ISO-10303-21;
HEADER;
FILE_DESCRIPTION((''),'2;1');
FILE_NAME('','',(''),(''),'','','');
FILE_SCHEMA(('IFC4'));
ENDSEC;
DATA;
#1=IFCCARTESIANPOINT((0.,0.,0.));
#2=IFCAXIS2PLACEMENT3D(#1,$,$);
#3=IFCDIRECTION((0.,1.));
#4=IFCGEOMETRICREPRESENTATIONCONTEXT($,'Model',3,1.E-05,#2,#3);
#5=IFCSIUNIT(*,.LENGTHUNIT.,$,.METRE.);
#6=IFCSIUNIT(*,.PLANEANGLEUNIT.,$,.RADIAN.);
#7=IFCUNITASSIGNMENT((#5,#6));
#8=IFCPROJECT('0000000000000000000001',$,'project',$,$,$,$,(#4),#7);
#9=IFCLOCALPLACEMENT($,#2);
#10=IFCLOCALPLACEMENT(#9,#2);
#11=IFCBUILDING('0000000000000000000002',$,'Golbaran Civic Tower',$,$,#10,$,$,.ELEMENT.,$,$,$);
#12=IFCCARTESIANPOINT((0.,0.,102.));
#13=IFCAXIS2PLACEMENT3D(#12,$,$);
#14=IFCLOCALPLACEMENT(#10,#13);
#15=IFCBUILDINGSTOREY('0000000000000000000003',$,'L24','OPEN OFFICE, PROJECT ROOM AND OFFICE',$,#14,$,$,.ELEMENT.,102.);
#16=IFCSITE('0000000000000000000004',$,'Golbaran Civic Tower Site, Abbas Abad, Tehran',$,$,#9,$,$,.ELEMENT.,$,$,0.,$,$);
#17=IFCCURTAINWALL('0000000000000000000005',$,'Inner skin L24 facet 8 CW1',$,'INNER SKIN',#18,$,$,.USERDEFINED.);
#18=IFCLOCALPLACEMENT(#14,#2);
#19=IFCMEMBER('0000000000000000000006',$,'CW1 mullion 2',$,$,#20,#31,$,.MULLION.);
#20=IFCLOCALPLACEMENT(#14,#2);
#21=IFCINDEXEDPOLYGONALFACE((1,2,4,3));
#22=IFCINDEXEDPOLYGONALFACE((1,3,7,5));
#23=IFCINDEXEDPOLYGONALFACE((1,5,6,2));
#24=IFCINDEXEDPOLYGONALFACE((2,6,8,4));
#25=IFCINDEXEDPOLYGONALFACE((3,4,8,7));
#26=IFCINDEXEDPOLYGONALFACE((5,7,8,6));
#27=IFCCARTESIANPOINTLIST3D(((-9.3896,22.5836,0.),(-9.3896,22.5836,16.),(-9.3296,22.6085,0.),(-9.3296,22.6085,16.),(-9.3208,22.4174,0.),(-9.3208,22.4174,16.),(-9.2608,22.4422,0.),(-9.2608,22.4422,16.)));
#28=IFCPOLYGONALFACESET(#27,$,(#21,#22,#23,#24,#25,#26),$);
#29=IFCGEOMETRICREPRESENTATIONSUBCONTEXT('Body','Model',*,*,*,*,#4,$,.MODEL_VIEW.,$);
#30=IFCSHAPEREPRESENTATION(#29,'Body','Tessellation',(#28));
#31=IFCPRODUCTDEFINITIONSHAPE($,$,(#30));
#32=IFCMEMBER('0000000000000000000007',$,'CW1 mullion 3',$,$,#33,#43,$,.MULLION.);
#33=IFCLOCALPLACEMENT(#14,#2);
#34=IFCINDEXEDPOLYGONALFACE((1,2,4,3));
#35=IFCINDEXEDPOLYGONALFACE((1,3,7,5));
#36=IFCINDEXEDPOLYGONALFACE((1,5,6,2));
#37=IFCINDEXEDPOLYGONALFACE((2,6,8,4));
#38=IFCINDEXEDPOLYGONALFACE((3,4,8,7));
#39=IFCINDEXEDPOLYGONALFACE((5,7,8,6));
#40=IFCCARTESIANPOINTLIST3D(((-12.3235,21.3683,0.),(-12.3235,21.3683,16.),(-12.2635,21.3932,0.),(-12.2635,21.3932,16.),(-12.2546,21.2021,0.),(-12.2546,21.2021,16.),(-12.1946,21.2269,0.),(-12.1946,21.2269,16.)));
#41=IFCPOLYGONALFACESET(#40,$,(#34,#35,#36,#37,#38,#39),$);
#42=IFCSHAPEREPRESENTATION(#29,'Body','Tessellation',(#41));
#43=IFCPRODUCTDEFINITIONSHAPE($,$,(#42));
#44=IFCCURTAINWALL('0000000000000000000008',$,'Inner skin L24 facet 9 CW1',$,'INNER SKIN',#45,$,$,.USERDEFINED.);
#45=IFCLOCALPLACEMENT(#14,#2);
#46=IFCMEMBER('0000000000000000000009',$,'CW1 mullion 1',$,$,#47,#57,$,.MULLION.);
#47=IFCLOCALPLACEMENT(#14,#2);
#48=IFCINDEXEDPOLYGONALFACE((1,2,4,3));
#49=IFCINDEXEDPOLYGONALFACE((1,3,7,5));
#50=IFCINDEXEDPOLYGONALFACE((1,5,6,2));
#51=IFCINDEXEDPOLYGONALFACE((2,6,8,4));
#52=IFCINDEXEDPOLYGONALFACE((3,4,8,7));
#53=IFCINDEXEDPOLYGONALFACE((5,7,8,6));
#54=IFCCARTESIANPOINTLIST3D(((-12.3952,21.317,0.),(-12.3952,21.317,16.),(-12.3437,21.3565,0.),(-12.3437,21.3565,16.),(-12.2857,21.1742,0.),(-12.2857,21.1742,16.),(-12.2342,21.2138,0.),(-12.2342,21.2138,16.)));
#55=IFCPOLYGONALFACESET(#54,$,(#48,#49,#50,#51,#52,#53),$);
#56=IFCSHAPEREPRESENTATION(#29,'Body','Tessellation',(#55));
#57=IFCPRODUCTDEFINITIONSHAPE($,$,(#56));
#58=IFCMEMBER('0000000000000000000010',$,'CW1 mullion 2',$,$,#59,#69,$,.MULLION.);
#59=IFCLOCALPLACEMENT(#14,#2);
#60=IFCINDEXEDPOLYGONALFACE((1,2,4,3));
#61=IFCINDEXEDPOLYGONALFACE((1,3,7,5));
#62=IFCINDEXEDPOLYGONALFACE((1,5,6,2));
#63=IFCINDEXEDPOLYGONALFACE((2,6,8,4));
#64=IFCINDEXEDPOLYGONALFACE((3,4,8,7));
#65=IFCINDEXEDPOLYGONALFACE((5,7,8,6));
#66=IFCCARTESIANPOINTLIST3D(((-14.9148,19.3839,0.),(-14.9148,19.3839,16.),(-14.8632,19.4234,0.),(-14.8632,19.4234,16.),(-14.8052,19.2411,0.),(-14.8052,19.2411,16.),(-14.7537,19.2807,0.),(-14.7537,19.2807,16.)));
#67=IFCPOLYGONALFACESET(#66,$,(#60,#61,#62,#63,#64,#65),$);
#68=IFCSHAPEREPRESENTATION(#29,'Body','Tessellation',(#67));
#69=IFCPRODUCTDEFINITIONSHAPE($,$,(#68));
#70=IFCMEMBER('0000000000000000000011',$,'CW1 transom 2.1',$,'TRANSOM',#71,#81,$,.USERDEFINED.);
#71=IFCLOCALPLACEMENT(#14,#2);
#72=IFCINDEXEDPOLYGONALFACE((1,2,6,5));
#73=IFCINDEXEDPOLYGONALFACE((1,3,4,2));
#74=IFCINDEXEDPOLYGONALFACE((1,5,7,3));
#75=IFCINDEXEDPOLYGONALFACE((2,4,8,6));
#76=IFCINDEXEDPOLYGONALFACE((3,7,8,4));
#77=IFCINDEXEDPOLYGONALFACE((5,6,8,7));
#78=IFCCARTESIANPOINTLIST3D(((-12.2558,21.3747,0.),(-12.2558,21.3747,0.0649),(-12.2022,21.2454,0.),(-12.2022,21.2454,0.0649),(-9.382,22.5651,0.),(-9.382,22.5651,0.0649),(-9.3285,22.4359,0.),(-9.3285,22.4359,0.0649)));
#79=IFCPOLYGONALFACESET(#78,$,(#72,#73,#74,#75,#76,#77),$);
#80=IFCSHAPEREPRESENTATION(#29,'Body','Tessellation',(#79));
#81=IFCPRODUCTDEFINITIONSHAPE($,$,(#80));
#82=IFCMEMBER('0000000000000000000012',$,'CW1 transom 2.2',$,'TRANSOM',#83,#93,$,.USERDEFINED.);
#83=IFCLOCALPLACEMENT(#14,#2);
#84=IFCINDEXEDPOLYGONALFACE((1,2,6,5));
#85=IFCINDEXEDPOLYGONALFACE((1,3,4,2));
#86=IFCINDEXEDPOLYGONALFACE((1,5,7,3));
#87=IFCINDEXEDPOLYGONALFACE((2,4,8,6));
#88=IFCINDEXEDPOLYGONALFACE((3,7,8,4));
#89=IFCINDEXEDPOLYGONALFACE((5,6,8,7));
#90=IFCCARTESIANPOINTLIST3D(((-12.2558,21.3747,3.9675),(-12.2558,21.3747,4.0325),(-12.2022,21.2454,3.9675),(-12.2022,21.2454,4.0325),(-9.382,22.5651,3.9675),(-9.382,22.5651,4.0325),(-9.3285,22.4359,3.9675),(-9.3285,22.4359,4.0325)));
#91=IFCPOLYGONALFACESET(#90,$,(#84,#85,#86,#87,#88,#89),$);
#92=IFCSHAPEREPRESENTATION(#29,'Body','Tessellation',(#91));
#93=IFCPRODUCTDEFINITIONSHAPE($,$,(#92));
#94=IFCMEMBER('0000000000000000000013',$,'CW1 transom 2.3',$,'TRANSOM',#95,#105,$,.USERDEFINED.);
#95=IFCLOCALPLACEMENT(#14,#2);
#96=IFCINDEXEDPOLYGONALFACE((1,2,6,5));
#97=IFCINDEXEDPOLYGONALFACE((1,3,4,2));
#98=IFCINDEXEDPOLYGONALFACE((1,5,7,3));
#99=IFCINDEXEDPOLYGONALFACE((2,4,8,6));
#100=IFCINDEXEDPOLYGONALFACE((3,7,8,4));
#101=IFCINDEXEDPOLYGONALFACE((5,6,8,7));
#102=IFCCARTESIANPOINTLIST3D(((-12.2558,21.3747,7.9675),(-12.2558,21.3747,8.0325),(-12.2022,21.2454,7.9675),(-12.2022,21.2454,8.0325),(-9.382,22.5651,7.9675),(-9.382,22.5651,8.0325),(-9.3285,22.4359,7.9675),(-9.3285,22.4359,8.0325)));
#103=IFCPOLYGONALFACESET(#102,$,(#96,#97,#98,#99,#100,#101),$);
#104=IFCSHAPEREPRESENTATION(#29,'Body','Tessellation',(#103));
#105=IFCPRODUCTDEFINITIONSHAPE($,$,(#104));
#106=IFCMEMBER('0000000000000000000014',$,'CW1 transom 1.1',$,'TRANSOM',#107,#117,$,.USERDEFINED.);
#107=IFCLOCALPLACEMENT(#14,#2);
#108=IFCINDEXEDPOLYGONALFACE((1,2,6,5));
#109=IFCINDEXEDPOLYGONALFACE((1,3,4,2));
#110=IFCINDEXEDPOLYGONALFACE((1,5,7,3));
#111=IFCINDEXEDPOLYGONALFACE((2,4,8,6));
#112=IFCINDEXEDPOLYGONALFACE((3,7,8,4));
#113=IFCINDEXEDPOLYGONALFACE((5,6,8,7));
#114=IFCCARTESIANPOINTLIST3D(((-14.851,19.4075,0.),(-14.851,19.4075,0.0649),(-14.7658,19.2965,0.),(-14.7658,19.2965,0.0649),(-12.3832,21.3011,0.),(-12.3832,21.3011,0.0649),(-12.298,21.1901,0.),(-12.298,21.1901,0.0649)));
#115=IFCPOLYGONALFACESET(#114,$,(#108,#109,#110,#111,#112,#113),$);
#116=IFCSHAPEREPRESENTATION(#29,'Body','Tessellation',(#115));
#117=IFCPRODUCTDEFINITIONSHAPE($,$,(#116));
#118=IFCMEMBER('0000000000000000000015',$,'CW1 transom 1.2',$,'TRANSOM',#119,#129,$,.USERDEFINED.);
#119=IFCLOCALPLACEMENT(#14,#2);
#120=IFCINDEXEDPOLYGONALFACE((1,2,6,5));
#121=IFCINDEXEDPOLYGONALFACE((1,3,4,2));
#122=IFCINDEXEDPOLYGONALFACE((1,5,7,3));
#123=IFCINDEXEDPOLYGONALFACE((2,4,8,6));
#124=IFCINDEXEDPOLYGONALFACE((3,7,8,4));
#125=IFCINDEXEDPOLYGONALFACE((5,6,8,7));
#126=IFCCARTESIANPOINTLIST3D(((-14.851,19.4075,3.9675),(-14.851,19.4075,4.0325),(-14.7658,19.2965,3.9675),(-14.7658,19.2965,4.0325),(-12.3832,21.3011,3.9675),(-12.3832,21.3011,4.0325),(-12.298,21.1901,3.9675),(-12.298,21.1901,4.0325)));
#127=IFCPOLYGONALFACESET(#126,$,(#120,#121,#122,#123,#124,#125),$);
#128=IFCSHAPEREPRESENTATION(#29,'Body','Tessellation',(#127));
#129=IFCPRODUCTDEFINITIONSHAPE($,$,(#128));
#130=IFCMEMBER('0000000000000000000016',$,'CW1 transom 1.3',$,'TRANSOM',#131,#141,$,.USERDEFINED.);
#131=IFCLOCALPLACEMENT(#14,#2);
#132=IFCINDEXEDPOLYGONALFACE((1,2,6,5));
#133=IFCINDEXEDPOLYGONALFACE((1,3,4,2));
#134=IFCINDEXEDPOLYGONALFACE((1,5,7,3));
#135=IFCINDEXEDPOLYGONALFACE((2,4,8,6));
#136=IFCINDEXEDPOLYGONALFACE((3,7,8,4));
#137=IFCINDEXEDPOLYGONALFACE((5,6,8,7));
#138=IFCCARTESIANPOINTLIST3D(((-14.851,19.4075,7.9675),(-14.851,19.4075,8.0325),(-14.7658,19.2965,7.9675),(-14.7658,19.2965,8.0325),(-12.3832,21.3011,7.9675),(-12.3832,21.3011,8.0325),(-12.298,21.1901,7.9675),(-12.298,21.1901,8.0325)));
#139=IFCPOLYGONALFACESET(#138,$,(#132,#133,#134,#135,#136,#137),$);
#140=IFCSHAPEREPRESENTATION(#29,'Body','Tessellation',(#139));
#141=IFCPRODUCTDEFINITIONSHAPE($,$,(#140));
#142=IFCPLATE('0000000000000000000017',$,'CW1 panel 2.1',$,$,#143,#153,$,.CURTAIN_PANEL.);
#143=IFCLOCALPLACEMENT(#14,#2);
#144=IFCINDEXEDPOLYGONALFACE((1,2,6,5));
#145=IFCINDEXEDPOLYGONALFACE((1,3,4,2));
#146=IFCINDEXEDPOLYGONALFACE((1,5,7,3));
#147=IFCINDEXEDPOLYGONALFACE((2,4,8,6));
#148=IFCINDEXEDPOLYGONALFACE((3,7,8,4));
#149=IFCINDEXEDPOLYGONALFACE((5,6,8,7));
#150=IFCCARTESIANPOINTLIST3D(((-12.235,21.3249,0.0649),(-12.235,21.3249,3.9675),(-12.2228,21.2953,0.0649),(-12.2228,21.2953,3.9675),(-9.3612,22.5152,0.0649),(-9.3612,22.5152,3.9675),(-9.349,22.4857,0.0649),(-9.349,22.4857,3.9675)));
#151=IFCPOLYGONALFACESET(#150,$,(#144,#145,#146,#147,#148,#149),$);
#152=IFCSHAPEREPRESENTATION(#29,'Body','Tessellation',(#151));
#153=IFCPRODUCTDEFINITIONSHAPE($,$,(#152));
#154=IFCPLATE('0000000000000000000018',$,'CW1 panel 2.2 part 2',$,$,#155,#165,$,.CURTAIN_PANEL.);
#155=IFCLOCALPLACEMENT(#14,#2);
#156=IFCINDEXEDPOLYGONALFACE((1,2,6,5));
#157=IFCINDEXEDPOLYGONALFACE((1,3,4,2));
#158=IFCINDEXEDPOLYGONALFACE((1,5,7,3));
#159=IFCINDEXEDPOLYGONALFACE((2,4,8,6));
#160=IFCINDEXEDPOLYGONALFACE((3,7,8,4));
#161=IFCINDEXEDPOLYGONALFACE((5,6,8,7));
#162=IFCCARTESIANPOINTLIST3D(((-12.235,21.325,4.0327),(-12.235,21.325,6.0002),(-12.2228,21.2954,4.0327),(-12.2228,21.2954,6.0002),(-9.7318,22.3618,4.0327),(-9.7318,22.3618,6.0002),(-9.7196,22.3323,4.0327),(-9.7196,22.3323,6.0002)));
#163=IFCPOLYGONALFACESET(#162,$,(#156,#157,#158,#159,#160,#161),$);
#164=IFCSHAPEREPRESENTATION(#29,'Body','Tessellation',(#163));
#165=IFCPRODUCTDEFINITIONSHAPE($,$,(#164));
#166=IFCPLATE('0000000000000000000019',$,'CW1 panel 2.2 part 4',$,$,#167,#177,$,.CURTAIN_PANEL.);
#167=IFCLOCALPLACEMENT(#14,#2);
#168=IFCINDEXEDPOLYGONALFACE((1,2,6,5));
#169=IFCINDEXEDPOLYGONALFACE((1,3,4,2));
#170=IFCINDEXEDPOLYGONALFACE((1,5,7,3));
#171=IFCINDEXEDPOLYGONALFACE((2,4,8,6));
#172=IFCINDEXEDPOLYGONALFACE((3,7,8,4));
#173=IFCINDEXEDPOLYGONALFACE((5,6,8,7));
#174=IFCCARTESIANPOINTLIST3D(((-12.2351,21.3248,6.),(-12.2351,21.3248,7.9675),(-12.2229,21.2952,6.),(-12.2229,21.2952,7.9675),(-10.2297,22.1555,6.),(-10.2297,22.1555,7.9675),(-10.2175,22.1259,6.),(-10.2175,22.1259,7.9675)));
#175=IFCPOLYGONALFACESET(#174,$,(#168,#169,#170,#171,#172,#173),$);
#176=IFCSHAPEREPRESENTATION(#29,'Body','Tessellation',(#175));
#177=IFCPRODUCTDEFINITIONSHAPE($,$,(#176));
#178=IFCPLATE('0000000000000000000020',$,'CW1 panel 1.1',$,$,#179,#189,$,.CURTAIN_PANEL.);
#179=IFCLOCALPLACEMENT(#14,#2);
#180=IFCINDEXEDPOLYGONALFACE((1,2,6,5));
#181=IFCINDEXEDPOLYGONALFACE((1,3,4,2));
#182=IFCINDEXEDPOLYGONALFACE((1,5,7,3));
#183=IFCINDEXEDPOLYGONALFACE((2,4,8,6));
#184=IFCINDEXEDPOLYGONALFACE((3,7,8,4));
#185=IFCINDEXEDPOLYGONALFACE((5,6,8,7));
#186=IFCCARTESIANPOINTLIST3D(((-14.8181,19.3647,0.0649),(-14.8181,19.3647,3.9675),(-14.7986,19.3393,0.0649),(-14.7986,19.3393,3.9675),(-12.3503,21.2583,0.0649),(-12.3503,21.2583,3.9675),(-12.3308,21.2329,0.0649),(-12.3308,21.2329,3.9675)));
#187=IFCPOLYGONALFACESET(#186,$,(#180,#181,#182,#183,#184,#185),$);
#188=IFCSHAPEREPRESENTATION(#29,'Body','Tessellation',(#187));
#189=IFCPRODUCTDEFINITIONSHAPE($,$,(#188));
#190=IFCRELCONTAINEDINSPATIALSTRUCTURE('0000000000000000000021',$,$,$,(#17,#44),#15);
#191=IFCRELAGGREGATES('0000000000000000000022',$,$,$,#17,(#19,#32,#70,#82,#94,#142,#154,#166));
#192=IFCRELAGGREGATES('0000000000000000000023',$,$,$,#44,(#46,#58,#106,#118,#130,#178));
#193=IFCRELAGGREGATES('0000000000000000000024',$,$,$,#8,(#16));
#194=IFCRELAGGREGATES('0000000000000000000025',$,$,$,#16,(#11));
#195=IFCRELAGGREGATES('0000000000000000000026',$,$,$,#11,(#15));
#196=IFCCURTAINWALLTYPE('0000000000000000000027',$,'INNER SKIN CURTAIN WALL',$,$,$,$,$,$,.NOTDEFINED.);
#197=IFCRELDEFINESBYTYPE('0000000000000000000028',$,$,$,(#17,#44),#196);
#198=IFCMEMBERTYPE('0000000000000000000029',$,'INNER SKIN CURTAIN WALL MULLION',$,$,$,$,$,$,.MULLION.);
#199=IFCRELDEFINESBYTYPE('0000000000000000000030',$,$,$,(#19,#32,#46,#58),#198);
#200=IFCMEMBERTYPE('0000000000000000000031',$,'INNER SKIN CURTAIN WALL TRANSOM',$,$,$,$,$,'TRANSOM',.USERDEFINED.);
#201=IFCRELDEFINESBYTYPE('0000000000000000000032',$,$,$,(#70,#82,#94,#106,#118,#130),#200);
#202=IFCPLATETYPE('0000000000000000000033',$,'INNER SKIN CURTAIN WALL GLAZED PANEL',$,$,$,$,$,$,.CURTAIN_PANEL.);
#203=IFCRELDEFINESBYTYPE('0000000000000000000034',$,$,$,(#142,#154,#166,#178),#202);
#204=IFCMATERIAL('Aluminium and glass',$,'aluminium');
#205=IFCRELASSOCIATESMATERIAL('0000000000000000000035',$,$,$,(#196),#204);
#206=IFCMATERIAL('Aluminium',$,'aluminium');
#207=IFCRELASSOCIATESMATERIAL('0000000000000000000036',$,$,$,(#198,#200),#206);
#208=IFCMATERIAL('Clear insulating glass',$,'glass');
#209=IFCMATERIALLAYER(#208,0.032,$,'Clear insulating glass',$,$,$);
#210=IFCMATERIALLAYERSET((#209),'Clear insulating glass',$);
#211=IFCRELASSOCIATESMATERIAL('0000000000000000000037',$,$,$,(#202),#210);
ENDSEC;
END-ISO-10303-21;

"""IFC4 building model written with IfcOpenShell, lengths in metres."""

from ifc_helpers import new_model, si_unit, direction, frame, origin, origin_2d, place, context, subcontext, project, spatial, rectangle, extrude, material, layer, layer_set, material_profile, profile_set, type_object, element, aggregate, save


model = new_model("IFC4")

# Units and contexts
model_context = context("Model", 3, precision=1e-05, world=origin(), true_north=direction((0.0, 1.0)))
body_context = subcontext(model_context, "Body", "Model", "MODEL_VIEW")
ifc_project = project(units=[si_unit("LENGTHUNIT", "METRE"), si_unit("PLANEANGLEUNIT", "RADIAN")], contexts=[model_context])

# Site, building, storey
site_placement = place(None, origin())
site = spatial("IfcSite", under=ifc_project, at=site_placement, Name="Golbaran Civic Tower Site, Abbas Abad, Tehran", CompositionType="ELEMENT", RefElevation=0.0)
building_placement = place(site_placement, origin())
building = spatial("IfcBuilding", under=site, at=building_placement, Name="Golbaran Civic Tower", CompositionType="ELEMENT")
storey_placement = place(building_placement, frame((0.0, 0.0, 102.0)))
storey = spatial("IfcBuildingStorey", under=building, at=storey_placement, Name="L24", Description="OPEN OFFICE, PROJECT ROOM AND OFFICE", CompositionType="ELEMENT", Elevation=102.0)

# Curtain walls, members
ifc_material_1 = material(Name="Aluminium and glass", Category="aluminium")
curtain_wall_type_1 = type_object("IfcCurtainWallType", Name="INNER SKIN CURTAIN WALL", PredefinedType="NOTDEFINED", material=ifc_material_1)
curtain_wall_1_placement = place(storey_placement, origin())
curtain_wall_1 = element("IfcCurtainWall", 1, at=curtain_wall_1_placement, inside=storey, type_object=curtain_wall_type_1, Name="Inner skin L24 facet 8 CW1", ObjectType="INNER SKIN", PredefinedType="USERDEFINED")
ifc_material_2 = material(Name="Aluminium", Category="aluminium")
ifc_material_profile_1 = material_profile(ifc_material_2, rectangle(XDim=0.1799, YDim=0.0649, at=origin_2d()), Name="INNER SKIN CURTAIN WALL MULLION")
ifc_profile_set_1 = profile_set([ifc_material_profile_1], Name="Aluminium")
member_type_1 = type_object("IfcMemberType", Name="INNER SKIN CURTAIN WALL MULLION", PredefinedType="MULLION", material=ifc_profile_set_1)
member_1_placement = place(storey_placement, frame((-9.3252, 22.5129, 0.0), z_axis=(0.0, 0.0, 1.0), x_axis=(0.382683, -0.92388, 0.0)))
member_1 = element("IfcMember", 2, at=member_1_placement, type_object=member_type_1, Name="CW1 mullion 2", PredefinedType="MULLION", context=body_context, shape_type="SweptSolid", body=[
    extrude(rectangle(XDim=0.1799, YDim=0.0649, at=origin_2d()), origin(), (0.0, 0.0, 1.0), 16.0),
])
member_2_placement = place(storey_placement, frame((-12.259, 21.2976, 0.0), z_axis=(0.0, 0.0, 1.0), x_axis=(0.382683, -0.92388, 0.0)))
member_2 = element("IfcMember", 3, at=member_2_placement, type_object=member_type_1, Name="CW1 mullion 3", PredefinedType="MULLION", context=body_context, shape_type="SweptSolid", body=[
    extrude(rectangle(XDim=0.1799, YDim=0.0649, at=origin_2d()), origin(), (0.0, 0.0, 1.0), 16.0),
])
curtain_wall_2_placement = place(storey_placement, origin())
curtain_wall_2 = element("IfcCurtainWall", 4, at=curtain_wall_2_placement, inside=storey, type_object=curtain_wall_type_1, Name="Inner skin L24 facet 9 CW1", ObjectType="INNER SKIN", PredefinedType="USERDEFINED")
member_3_placement = place(storey_placement, frame((-12.3147, 21.2654, 0.0), z_axis=(0.0, 0.0, 1.0), x_axis=(0.608761, -0.793353, 0.0)))
member_3 = element("IfcMember", 5, at=member_3_placement, type_object=member_type_1, Name="CW1 mullion 1", PredefinedType="MULLION", context=body_context, shape_type="SweptSolid", body=[
    extrude(rectangle(XDim=0.1799, YDim=0.0649, at=origin_2d()), origin(), (0.0, 0.0, 1.0), 16.0),
])
member_4_placement = place(storey_placement, frame((-14.8342, 19.3323, 0.0), z_axis=(0.0, 0.0, 1.0), x_axis=(0.608761, -0.793353, 0.0)))
member_4 = element("IfcMember", 6, at=member_4_placement, type_object=member_type_1, Name="CW1 mullion 2", PredefinedType="MULLION", context=body_context, shape_type="SweptSolid", body=[
    extrude(rectangle(XDim=0.1799, YDim=0.0649, at=origin_2d()), origin(), (0.0, 0.0, 1.0), 16.0),
])

# Members
ifc_material_profile_2 = material_profile(ifc_material_2, rectangle(XDim=0.1399, YDim=0.0649, at=origin_2d()), Name="INNER SKIN CURTAIN WALL TRANSOM")
ifc_profile_set_2 = profile_set([ifc_material_profile_2], Name="Aluminium")
member_type_2 = type_object("IfcMemberType", Name="INNER SKIN CURTAIN WALL TRANSOM", ElementType="TRANSOM", PredefinedType="USERDEFINED", material=ifc_profile_set_2)
member_5_placement = place(storey_placement, frame((-9.3552, 22.5005, 0.0325), z_axis=(-0.923871, -0.382703, 0.0), x_axis=(0.382703, -0.923871, 0.0)))
member_5 = element("IfcMember", 7, at=member_5_placement, type_object=member_type_2, Name="CW1 transom 2.1", ObjectType="TRANSOM", PredefinedType="USERDEFINED", context=body_context, shape_type="SweptSolid", body=[
    extrude(rectangle(XDim=0.1399, YDim=0.0649, at=origin_2d()), origin(), (0.0, 0.0, 1.0), 3.1106),
])
member_6_placement = place(storey_placement, frame((-9.3552, 22.5005, 4.0), z_axis=(-0.923871, -0.382703, 0.0), x_axis=(0.382703, -0.923871, 0.0)))
member_6 = element("IfcMember", 8, at=member_6_placement, type_object=member_type_2, Name="CW1 transom 2.2", ObjectType="TRANSOM", PredefinedType="USERDEFINED", context=body_context, shape_type="SweptSolid", body=[
    extrude(rectangle(XDim=0.1399, YDim=0.0649, at=origin_2d()), origin(), (0.0, 0.0, 1.0), 3.1106),
])
member_7_placement = place(storey_placement, frame((-9.3552, 22.5005, 8.0), z_axis=(-0.923871, -0.382703, 0.0), x_axis=(0.382703, -0.923871, 0.0)))
member_7 = element("IfcMember", 9, at=member_7_placement, type_object=member_type_2, Name="CW1 transom 2.3", ObjectType="TRANSOM", PredefinedType="USERDEFINED", context=body_context, shape_type="SweptSolid", body=[
    extrude(rectangle(XDim=0.1399, YDim=0.0649, at=origin_2d()), origin(), (0.0, 0.0, 1.0), 3.1106),
])
member_8_placement = place(storey_placement, frame((-12.3406, 21.2456, 0.0325), z_axis=(-0.793359, -0.608754, 0.0), x_axis=(0.608754, -0.793359, 0.0)))
member_8 = element("IfcMember", 10, at=member_8_placement, type_object=member_type_2, Name="CW1 transom 1.1", ObjectType="TRANSOM", PredefinedType="USERDEFINED", context=body_context, shape_type="SweptSolid", body=[
    extrude(rectangle(XDim=0.1399, YDim=0.0649, at=origin_2d()), origin(), (0.0, 0.0, 1.0), 3.1106),
])
member_9_placement = place(storey_placement, frame((-12.3406, 21.2456, 4.0), z_axis=(-0.793359, -0.608754, 0.0), x_axis=(0.608754, -0.793359, 0.0)))
member_9 = element("IfcMember", 11, at=member_9_placement, type_object=member_type_2, Name="CW1 transom 1.2", ObjectType="TRANSOM", PredefinedType="USERDEFINED", context=body_context, shape_type="SweptSolid", body=[
    extrude(rectangle(XDim=0.1399, YDim=0.0649, at=origin_2d()), origin(), (0.0, 0.0, 1.0), 3.1106),
])
member_10_placement = place(storey_placement, frame((-12.3406, 21.2456, 8.0), z_axis=(-0.793359, -0.608754, 0.0), x_axis=(0.608754, -0.793359, 0.0)))
member_10 = element("IfcMember", 12, at=member_10_placement, type_object=member_type_2, Name="CW1 transom 1.3", ObjectType="TRANSOM", PredefinedType="USERDEFINED", context=body_context, shape_type="SweptSolid", body=[
    extrude(rectangle(XDim=0.1399, YDim=0.0649, at=origin_2d()), origin(), (0.0, 0.0, 1.0), 3.1106),
])

# Plates
ifc_material_3 = material(Name="Clear insulating glass", Category="glass")
ifc_layer_1 = layer(ifc_material_3, 0.032, Name="Clear insulating glass")
ifc_layer_set_1 = layer_set([ifc_layer_1], Name="Clear insulating glass")
plate_type_1 = type_object("IfcPlateType", Name="INNER SKIN CURTAIN WALL GLAZED PANEL", PredefinedType="CURTAIN_PANEL", material=ifc_layer_set_1)
plate_1_placement = place(storey_placement, frame((-10.792, 21.9053, 0.0649), z_axis=(0.0, 0.0, 1.0), x_axis=(-0.92388, -0.382683, 0.0)))
plate_1 = element("IfcPlate", 13, at=plate_1_placement, type_object=plate_type_1, Name="CW1 panel 2.1", PredefinedType="CURTAIN_PANEL", context=body_context, shape_type="SweptSolid", body=[
    extrude(rectangle(XDim=3.1106, YDim=0.032, at=origin_2d()), origin(), (0.0, 0.0, 1.0), 3.9026),
])
plate_2_placement = place(storey_placement, frame((-10.9773, 21.8286, 4.0327), z_axis=(0.0, 0.0, 1.0), x_axis=(-0.92388, -0.382683, 0.0)))
plate_2 = element("IfcPlate", 14, at=plate_2_placement, type_object=plate_type_1, Name="CW1 panel 2.2 part 2", PredefinedType="CURTAIN_PANEL", context=body_context, shape_type="SweptSolid", body=[
    extrude(rectangle(XDim=2.7095, YDim=0.032, at=origin_2d()), origin(), (0.0, 0.0, 1.0), 1.9675),
])
plate_3_placement = place(storey_placement, frame((-11.2263, 21.7253, 6.0), z_axis=(0.0, 0.0, 1.0), x_axis=(-0.92388, -0.382683, 0.0)))
plate_3 = element("IfcPlate", 15, at=plate_3_placement, type_object=plate_type_1, Name="CW1 panel 2.2 part 4", PredefinedType="CURTAIN_PANEL", context=body_context, shape_type="SweptSolid", body=[
    extrude(rectangle(XDim=2.1707, YDim=0.032, at=origin_2d()), origin(), (0.0, 0.0, 1.0), 1.9675),
])
plate_4_placement = place(storey_placement, frame((-13.5745, 20.2988, 0.0649), z_axis=(0.0, 0.0, 1.0), x_axis=(-0.793353, -0.608761, 0.0)))
plate_4 = element("IfcPlate", 16, at=plate_4_placement, type_object=plate_type_1, Name="CW1 panel 1.1", PredefinedType="CURTAIN_PANEL", context=body_context, shape_type="SweptSolid", body=[
    extrude(rectangle(XDim=3.1106, YDim=0.032, at=origin_2d()), origin(), (0.0, 0.0, 1.0), 3.9026),
])
aggregate(curtain_wall_1, [member_1, member_2, member_5, member_6, member_7, plate_1, plate_2, plate_3])
aggregate(curtain_wall_2, [member_3, member_4, member_8, member_9, member_10, plate_4])

save(model, "model.ifc")
